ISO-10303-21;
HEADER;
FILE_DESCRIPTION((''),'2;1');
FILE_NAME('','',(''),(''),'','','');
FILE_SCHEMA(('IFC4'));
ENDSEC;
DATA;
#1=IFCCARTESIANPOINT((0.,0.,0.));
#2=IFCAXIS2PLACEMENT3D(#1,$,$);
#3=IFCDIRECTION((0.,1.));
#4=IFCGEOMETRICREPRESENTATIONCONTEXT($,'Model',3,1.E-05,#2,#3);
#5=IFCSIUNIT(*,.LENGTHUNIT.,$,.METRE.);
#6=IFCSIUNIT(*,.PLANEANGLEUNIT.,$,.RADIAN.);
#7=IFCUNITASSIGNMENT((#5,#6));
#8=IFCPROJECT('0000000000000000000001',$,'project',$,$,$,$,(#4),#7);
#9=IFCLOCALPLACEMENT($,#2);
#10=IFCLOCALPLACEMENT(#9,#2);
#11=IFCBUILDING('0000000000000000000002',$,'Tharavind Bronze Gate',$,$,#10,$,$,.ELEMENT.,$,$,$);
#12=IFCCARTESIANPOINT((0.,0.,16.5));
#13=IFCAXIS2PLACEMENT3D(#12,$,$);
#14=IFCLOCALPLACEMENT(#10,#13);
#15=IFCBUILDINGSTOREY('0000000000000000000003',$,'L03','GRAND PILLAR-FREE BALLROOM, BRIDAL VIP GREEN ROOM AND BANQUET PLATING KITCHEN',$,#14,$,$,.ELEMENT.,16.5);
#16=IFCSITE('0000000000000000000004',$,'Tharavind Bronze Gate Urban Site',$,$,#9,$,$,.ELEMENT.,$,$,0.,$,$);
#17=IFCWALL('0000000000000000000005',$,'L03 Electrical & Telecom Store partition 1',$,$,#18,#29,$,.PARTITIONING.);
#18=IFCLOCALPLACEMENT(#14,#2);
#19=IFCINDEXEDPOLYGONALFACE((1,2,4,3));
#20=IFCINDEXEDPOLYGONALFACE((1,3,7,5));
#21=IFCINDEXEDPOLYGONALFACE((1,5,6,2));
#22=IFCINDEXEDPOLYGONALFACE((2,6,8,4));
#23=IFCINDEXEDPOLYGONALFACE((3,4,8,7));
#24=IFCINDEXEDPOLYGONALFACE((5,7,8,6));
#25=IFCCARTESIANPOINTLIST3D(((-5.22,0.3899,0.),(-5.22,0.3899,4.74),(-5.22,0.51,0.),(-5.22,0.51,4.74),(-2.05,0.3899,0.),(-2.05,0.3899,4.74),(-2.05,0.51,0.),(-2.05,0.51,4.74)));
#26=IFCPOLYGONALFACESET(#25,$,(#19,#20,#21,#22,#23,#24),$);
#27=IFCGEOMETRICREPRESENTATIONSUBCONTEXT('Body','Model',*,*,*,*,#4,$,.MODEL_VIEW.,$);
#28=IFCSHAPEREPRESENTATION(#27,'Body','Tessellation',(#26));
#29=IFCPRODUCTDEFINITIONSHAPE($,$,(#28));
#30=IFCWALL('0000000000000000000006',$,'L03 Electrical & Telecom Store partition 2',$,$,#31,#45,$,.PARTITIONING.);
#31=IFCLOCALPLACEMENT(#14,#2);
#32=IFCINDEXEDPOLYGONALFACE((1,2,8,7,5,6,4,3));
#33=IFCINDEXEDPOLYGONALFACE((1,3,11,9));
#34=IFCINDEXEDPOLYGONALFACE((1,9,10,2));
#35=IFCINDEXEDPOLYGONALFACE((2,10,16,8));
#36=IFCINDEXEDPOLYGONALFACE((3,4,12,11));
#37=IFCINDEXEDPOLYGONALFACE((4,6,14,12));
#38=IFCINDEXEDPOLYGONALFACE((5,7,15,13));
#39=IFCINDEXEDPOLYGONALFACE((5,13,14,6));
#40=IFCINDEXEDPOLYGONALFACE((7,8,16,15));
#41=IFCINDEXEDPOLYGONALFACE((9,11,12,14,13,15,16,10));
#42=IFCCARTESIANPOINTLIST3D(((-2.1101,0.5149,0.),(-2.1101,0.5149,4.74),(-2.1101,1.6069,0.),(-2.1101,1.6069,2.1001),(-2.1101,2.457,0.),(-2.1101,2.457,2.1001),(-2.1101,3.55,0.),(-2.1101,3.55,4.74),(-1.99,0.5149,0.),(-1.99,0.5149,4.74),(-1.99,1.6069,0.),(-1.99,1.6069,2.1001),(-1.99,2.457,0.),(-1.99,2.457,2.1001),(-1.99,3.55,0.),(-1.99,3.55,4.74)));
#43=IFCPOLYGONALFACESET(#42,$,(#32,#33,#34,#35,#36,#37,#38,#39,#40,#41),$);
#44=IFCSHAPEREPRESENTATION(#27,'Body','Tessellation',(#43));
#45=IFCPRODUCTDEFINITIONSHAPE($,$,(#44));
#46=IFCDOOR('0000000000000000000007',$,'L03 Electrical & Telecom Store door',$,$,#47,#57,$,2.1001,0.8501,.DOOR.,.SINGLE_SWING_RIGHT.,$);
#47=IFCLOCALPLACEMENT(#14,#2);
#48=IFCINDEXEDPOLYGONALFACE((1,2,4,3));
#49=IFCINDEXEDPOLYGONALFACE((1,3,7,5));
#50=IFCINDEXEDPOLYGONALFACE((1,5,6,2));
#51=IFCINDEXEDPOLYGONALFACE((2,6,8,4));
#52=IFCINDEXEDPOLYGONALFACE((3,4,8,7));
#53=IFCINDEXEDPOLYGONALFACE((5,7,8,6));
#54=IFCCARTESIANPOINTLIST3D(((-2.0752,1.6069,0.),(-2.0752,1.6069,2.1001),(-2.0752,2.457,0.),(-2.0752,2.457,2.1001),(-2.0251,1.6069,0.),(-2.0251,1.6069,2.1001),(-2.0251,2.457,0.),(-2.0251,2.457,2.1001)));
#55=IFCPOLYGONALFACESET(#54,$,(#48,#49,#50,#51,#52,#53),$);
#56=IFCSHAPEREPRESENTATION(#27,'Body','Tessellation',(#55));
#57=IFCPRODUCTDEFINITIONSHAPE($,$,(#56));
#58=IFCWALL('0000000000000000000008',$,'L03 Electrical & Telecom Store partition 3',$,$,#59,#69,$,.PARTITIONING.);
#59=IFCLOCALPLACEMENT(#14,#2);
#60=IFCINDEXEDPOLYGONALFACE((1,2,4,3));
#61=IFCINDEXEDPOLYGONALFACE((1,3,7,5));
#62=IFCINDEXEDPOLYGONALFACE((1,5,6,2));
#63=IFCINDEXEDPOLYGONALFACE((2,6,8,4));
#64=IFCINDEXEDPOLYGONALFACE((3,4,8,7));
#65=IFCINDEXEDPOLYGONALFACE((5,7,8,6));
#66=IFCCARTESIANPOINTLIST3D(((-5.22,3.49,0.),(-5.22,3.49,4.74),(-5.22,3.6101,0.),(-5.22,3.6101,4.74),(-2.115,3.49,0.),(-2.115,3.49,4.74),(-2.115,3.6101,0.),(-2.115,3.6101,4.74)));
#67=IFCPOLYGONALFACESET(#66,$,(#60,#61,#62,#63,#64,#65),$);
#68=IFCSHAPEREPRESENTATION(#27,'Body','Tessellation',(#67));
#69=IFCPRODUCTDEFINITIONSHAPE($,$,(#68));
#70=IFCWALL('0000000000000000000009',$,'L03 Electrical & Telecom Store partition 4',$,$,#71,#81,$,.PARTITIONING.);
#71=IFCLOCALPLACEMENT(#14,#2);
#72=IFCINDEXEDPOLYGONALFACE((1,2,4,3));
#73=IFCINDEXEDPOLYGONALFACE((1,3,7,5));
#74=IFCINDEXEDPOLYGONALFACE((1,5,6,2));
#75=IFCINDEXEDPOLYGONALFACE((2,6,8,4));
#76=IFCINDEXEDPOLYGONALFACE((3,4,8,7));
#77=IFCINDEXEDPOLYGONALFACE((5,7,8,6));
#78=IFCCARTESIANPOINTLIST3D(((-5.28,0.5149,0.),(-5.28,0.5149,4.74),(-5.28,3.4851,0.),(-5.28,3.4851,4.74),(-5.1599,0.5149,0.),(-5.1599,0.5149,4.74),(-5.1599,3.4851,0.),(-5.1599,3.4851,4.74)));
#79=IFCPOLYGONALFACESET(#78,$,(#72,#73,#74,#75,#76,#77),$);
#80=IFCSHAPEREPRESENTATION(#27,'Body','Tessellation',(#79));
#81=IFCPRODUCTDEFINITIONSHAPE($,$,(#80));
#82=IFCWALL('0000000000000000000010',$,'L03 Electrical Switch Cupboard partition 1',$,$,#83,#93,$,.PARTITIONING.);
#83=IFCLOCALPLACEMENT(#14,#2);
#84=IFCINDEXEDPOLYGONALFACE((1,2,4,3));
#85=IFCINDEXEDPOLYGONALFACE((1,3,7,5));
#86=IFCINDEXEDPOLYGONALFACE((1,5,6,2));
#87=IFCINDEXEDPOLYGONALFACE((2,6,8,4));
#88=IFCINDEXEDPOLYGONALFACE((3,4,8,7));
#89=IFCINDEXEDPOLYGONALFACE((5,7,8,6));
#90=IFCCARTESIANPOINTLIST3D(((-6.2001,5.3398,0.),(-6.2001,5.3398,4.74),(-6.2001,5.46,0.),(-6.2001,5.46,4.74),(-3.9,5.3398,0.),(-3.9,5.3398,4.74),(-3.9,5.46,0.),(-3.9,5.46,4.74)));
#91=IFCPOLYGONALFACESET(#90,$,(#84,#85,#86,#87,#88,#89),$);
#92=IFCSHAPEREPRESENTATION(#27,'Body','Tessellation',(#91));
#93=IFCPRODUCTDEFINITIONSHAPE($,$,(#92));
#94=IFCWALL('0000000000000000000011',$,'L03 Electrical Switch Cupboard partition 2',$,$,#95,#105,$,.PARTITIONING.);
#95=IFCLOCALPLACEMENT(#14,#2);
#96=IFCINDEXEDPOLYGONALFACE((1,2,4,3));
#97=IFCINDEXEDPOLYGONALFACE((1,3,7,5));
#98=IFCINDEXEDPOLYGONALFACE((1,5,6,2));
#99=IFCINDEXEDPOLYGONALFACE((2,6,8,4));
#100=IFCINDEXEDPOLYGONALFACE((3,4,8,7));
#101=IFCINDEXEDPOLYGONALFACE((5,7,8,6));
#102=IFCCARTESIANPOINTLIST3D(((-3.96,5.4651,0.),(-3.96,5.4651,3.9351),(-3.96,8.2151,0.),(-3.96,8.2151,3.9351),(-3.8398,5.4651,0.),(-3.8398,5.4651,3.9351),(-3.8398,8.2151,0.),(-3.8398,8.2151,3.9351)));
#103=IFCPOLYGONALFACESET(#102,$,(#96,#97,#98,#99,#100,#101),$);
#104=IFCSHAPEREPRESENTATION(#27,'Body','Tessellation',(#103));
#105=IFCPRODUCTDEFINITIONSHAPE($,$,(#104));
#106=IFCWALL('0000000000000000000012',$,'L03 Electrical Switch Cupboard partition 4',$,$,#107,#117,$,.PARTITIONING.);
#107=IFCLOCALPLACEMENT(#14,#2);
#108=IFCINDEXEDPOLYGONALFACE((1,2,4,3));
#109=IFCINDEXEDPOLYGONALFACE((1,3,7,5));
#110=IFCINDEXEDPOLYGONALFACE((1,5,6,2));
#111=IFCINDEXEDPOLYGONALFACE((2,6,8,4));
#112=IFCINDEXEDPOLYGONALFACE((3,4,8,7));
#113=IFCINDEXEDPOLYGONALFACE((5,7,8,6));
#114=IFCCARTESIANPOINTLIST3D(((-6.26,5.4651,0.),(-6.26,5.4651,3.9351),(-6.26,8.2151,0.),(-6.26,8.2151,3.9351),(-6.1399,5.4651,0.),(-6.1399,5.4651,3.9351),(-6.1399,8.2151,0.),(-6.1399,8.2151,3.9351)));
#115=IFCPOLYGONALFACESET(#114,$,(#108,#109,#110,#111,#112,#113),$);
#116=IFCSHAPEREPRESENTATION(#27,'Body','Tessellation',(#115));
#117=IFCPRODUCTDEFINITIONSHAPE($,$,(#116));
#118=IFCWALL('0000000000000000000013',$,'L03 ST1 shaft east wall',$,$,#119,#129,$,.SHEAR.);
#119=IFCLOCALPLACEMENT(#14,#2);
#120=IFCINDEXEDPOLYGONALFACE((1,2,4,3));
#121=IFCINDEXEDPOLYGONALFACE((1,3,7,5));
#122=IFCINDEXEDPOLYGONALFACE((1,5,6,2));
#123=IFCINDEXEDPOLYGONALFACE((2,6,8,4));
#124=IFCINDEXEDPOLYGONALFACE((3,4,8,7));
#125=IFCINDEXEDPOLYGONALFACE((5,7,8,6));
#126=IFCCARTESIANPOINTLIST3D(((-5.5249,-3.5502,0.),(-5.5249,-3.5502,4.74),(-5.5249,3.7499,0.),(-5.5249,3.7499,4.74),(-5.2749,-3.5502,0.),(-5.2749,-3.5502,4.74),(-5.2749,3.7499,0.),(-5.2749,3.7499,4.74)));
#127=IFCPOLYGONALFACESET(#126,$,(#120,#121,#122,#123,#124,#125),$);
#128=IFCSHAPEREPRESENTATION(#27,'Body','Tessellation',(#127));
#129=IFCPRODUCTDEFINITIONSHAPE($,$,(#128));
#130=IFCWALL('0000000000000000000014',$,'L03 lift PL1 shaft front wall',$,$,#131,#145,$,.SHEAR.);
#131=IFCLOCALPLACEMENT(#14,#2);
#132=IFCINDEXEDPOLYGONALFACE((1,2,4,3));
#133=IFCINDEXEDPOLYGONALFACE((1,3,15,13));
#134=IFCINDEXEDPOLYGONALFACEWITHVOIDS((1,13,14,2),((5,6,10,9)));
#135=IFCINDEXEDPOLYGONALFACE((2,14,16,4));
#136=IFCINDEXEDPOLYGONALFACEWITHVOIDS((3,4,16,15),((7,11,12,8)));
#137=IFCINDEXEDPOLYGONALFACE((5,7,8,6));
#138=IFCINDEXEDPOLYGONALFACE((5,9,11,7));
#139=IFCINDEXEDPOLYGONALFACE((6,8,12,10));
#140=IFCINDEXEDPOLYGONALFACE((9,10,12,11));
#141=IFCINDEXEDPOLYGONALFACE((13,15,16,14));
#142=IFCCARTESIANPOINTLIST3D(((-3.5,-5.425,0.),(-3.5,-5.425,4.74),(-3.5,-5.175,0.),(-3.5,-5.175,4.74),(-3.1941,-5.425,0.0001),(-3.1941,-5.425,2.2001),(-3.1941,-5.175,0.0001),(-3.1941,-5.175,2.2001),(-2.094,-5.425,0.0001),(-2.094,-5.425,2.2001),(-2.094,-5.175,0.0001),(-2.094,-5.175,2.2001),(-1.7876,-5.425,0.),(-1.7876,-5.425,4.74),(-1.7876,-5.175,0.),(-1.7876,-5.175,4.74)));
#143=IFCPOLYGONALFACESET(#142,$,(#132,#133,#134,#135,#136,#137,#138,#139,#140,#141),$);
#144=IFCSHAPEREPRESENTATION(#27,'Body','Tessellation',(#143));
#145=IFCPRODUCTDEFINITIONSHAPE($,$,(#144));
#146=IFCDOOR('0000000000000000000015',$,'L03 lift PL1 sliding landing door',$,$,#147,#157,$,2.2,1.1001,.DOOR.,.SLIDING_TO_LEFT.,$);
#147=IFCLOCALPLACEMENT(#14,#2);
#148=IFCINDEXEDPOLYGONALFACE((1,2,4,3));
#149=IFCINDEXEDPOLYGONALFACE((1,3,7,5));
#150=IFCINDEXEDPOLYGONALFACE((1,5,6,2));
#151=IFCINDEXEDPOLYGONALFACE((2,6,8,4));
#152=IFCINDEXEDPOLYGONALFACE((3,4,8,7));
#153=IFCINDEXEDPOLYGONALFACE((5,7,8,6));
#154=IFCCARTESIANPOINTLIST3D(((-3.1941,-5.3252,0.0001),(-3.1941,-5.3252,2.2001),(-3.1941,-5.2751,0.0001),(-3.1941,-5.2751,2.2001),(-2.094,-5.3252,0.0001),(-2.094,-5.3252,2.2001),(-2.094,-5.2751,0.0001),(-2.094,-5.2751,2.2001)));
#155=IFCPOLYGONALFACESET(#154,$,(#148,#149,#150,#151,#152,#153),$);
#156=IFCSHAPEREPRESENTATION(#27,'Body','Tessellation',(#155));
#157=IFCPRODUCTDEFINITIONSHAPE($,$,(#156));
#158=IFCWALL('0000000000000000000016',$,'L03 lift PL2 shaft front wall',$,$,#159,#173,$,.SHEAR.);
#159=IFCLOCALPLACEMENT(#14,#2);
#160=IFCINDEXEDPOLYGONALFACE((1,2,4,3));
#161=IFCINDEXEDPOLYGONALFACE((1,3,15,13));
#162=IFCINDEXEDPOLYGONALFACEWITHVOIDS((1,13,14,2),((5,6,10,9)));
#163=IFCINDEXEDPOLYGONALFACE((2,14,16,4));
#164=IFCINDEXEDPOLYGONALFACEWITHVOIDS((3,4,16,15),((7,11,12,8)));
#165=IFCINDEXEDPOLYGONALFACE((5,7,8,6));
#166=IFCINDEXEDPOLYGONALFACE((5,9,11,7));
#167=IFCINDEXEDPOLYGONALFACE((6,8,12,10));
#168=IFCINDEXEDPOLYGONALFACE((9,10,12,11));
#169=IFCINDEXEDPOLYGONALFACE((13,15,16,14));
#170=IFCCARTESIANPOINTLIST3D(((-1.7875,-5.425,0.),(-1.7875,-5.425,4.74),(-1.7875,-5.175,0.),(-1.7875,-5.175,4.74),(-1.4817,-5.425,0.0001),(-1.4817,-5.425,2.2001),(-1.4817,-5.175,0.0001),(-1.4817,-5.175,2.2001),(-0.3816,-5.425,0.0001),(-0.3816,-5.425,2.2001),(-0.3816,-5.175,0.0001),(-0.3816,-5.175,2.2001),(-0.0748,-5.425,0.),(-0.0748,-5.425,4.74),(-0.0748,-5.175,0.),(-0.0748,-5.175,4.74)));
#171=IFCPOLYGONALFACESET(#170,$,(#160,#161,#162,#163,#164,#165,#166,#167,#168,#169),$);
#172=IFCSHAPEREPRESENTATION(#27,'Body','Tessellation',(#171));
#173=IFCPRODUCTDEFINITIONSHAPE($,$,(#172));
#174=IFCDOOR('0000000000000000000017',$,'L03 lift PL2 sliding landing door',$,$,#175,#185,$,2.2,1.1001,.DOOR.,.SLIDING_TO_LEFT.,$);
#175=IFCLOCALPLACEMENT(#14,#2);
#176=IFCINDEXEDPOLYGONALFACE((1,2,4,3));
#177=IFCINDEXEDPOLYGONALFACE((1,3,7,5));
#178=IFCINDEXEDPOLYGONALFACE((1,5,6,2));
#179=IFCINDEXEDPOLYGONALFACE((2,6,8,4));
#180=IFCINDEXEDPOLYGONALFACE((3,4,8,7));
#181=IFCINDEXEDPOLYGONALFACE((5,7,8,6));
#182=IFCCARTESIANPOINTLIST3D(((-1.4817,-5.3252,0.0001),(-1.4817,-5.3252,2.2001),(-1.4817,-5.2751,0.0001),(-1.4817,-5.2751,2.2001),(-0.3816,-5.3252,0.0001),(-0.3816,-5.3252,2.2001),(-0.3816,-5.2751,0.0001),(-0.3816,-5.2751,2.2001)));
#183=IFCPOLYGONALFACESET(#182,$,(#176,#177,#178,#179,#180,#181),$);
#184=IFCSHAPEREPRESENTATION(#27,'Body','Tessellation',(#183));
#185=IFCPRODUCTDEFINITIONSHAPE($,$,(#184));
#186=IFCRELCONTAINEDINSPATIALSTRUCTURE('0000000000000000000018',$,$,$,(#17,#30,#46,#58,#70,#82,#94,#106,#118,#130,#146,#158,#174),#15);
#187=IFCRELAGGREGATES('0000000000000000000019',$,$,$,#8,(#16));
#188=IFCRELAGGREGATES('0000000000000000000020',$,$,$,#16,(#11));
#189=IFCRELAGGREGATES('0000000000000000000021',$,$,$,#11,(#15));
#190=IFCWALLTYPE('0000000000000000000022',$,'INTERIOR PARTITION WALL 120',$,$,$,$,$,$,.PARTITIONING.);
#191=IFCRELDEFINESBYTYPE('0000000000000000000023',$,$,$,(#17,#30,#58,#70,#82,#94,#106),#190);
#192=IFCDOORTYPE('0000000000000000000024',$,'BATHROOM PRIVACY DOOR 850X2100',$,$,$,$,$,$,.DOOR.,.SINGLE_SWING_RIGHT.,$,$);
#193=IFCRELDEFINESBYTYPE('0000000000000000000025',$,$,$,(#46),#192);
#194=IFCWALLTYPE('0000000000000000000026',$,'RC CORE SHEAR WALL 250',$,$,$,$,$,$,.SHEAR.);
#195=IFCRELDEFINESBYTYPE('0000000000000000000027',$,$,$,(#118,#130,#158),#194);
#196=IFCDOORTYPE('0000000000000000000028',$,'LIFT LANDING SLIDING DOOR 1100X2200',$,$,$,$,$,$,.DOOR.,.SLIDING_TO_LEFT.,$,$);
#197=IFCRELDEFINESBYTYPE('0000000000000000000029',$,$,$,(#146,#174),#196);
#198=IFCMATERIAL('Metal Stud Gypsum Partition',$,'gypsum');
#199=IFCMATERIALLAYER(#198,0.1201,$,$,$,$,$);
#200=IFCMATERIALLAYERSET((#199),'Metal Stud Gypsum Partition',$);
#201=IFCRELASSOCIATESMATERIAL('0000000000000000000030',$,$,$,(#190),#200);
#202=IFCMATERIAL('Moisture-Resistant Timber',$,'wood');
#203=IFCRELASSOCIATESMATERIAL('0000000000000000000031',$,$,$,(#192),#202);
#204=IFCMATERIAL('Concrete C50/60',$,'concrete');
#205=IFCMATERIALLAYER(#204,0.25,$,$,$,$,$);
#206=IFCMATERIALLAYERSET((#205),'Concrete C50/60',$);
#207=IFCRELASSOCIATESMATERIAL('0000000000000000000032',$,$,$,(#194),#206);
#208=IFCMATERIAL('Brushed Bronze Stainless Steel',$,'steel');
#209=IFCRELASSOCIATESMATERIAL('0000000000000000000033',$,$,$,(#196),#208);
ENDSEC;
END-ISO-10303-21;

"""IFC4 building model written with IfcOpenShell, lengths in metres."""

from ifc_helpers import new_model, si_unit, direction, frame, frame_2d, origin, place, context, subcontext, project, spatial, rectangle, extrude, material, layer, layer_set, type_object, element, fill, save


model = new_model("IFC4")

# Units and contexts
model_context = context("Model", 3, precision=1e-05, world=origin(), true_north=direction((0.0, 1.0)))
body_context = subcontext(model_context, "Body", "Model", "MODEL_VIEW")
ifc_project = project(units=[si_unit("LENGTHUNIT", "METRE"), si_unit("PLANEANGLEUNIT", "RADIAN")], contexts=[model_context])

# Site, building, storey
site_placement = place(None, origin())
site = spatial("IfcSite", under=ifc_project, at=site_placement, Name="Tharavind Bronze Gate Urban Site", CompositionType="ELEMENT", RefElevation=0.0)
building_placement = place(site_placement, origin())
building = spatial("IfcBuilding", under=site, at=building_placement, Name="Tharavind Bronze Gate", CompositionType="ELEMENT")
storey_placement = place(building_placement, frame((0.0, 0.0, 16.5)))
storey = spatial("IfcBuildingStorey", under=building, at=storey_placement, Name="L03", Description="GRAND PILLAR-FREE BALLROOM, BRIDAL VIP GREEN ROOM AND BANQUET PLATING KITCHEN", CompositionType="ELEMENT", Elevation=16.5)

# Wall
ifc_material_1 = material(Name="Metal Stud Gypsum Partition", Category="gypsum")
ifc_layer_1 = layer(ifc_material_1, 0.1201)
ifc_layer_set_1 = layer_set([ifc_layer_1], Name="Metal Stud Gypsum Partition")
wall_type_1 = type_object("IfcWallType", Name="INTERIOR PARTITION WALL 120", PredefinedType="PARTITIONING", material=ifc_layer_set_1)
wall_1_placement = place(storey_placement, frame((-5.22, 0.45, 0.0), z_axis=(0.0, 0.0, 1.0), x_axis=(1.0, 0.0, 0.0)))
element("IfcWall", 1, at=wall_1_placement, inside=storey, type_object=wall_type_1, Name="L03 Electrical & Telecom Store partition 1", PredefinedType="PARTITIONING", context=body_context, shape_type="SweptSolid", body=[
    extrude(rectangle(XDim=3.1699, YDim=0.1201, at=frame_2d((1.585, 0.0))), origin(), (0.0, 0.0, 1.0), 4.74),
])

# Wall, opening, door
wall_2_placement = place(storey_placement, frame((-2.05, 0.5149, 0.0), z_axis=(0.0, 0.0, 1.0), x_axis=(0.0, 1.0, 0.0)))
wall_2 = element("IfcWall", 2, at=wall_2_placement, inside=storey, type_object=wall_type_1, Name="L03 Electrical & Telecom Store partition 2", PredefinedType="PARTITIONING", context=body_context, shape_type="SweptSolid", body=[
    extrude(rectangle(XDim=3.0352, YDim=0.1201, at=frame_2d((1.5176, 0.0))), origin(), (0.0, 0.0, 1.0), 4.74),
])
opening_1_placement = place(wall_2_placement, frame((1.092, 0.0, 0.0)))
opening_1 = element("IfcOpeningElement", 3, at=opening_1_placement, cuts=wall_2, PredefinedType="OPENING", context=body_context, shape_type="SweptSolid", body=[
    extrude(rectangle(XDim=0.8501, YDim=2.1001, at=frame_2d((0.425, 1.05))), frame((0.0, 0.0701, 0.0), z_axis=(0.0, -1.0, 0.0), x_axis=(1.0, 0.0, 0.0)), (0.0, 0.0, 1.0), 0.1401),
])
ifc_material_2 = material(Name="Moisture-Resistant Timber", Category="wood")
door_type_1 = type_object("IfcDoorType", Name="BATHROOM PRIVACY DOOR 850X2100", OperationType="SINGLE_SWING_RIGHT", PredefinedType="DOOR", material=ifc_material_2)
door_1_placement = place(opening_1_placement, frame((0.8501, 0.0, 0.0), z_axis=(0.0, 0.0, 1.0), x_axis=(-1.0, 0.0, 0.0)))
door_1 = element("IfcDoor", 4, at=door_1_placement, inside=storey, type_object=door_type_1, Name="L03 Electrical & Telecom Store door", OperationType="SINGLE_SWING_RIGHT", OverallHeight=2.1001, OverallWidth=0.8501, PredefinedType="DOOR", context=body_context, shape_type="SweptSolid", body=[
    extrude(rectangle(XDim=0.8501, YDim=2.1001, at=frame_2d((0.425, 1.05))), frame((0.0, 0.0249, 0.0), z_axis=(0.0, -1.0, 0.0), x_axis=(1.0, 0.0, 0.0)), (0.0, 0.0, 1.0), 0.05),
])
fill(opening_1, door_1)

# Walls
wall_3_placement = place(storey_placement, frame((-2.115, 3.55, 0.0), z_axis=(0.0, 0.0, 1.0), x_axis=(-1.0, 0.0, 0.0)))
element("IfcWall", 5, at=wall_3_placement, inside=storey, type_object=wall_type_1, Name="L03 Electrical & Telecom Store partition 3", PredefinedType="PARTITIONING", context=body_context, shape_type="SweptSolid", body=[
    extrude(rectangle(XDim=3.105, YDim=0.1201, at=frame_2d((1.5525, 0.0))), origin(), (0.0, 0.0, 1.0), 4.74),
])
wall_4_placement = place(storey_placement, frame((-5.22, 3.4851, 0.0), z_axis=(0.0, 0.0, 1.0), x_axis=(0.0, -1.0, 0.0)))
element("IfcWall", 6, at=wall_4_placement, inside=storey, type_object=wall_type_1, Name="L03 Electrical & Telecom Store partition 4", PredefinedType="PARTITIONING", context=body_context, shape_type="SweptSolid", body=[
    extrude(rectangle(XDim=2.9702, YDim=0.1201, at=frame_2d((1.4851, 0.0))), origin(), (0.0, 0.0, 1.0), 4.74),
])
wall_5_placement = place(storey_placement, frame((-6.2, 5.3999, 0.0), z_axis=(0.0, 0.0, 1.0), x_axis=(1.0, 0.0, 0.0)))
element("IfcWall", 7, at=wall_5_placement, inside=storey, type_object=wall_type_1, Name="L03 Electrical Switch Cupboard partition 1", PredefinedType="PARTITIONING", context=body_context, shape_type="SweptSolid", body=[
    extrude(rectangle(XDim=2.3, YDim=0.1201, at=frame_2d((1.1499, 0.0))), origin(), (0.0, 0.0, 1.0), 4.74),
])
for number, where, z_axis, x_axis, name in (
    (8, (-3.8999, 5.4651, 0.0), (0.0, 0.0, 1.0), (0.0, 1.0, 0.0), "L03 Electrical Switch Cupboard partition 2"),
    (9, (-6.2, 8.2151, 0.0), (0.0, 0.0, 1.0), (0.0, -1.0, 0.0), "L03 Electrical Switch Cupboard partition 4"),
):
    element("IfcWall", number, at=place(storey_placement, frame(where, z_axis=z_axis, x_axis=x_axis)), inside=storey, type_object=wall_type_1, Name=name, PredefinedType="PARTITIONING", context=body_context, shape_type="SweptSolid", body=[
        extrude(rectangle(XDim=2.75, YDim=0.1201, at=frame_2d((1.375, 0.0))), origin(), (0.0, 0.0, 1.0), 3.9351),
    ])
ifc_material_3 = material(Name="Concrete C50/60", Category="concrete")
ifc_layer_2 = layer(ifc_material_3, 0.25)
ifc_layer_set_2 = layer_set([ifc_layer_2], Name="Concrete C50/60")
wall_type_2 = type_object("IfcWallType", Name="RC CORE SHEAR WALL 250", PredefinedType="SHEAR", material=ifc_layer_set_2)
wall_6_placement = place(storey_placement, frame((-5.3999, -3.55, 0.0), z_axis=(0.0, 0.0, 1.0), x_axis=(0.0, 1.0, 0.0)))
element("IfcWall", 10, at=wall_6_placement, inside=storey, type_object=wall_type_2, Name="L03 ST1 shaft east wall", PredefinedType="SHEAR", context=body_context, shape_type="SweptSolid", body=[
    extrude(rectangle(XDim=7.3, YDim=0.25, at=frame_2d((3.6499, 0.0))), origin(), (0.0, 0.0, 1.0), 4.74),
])

# Walls, openings, doors
wall_7_placement = place(storey_placement, frame((-3.5, -5.3, 0.0), z_axis=(0.0, 0.0, 1.0), x_axis=(1.0, 0.0, 0.0)))
wall_7 = element("IfcWall", 11, at=wall_7_placement, inside=storey, type_object=wall_type_2, Name="L03 lift PL1 shaft front wall", PredefinedType="SHEAR", context=body_context, shape_type="SweptSolid", body=[
    extrude(rectangle(XDim=1.7124, YDim=0.25, at=frame_2d((0.8562, 0.0))), origin(), (0.0, 0.0, 1.0), 4.74),
])
opening_2_placement = place(wall_7_placement, frame((0.3059, 0.0, 0.0)))
opening_2 = element("IfcOpeningElement", 12, at=opening_2_placement, cuts=wall_7, PredefinedType="OPENING", context=body_context, shape_type="SweptSolid", body=[
    extrude(rectangle(XDim=1.1001, YDim=2.2, at=frame_2d((0.55, 1.1001))), frame((0.0, 0.135, 0.0), z_axis=(0.0, -1.0, 0.0), x_axis=(1.0, 0.0, 0.0)), (0.0, 0.0, 1.0), 0.27),
])
ifc_material_4 = material(Name="Brushed Bronze Stainless Steel", Category="steel")
door_type_2 = type_object("IfcDoorType", Name="LIFT LANDING SLIDING DOOR 1100X2200", OperationType="SLIDING_TO_LEFT", PredefinedType="DOOR", material=ifc_material_4)
door_2_placement = place(opening_2_placement, origin())
door_2 = element("IfcDoor", 13, at=door_2_placement, inside=storey, type_object=door_type_2, Name="L03 lift PL1 sliding landing door", OperationType="SLIDING_TO_LEFT", OverallHeight=2.2, OverallWidth=1.1001, PredefinedType="DOOR", context=body_context, shape_type="SweptSolid", body=[
    extrude(rectangle(XDim=1.1001, YDim=2.2, at=frame_2d((0.55, 1.1001))), frame((0.0, 0.0249, 0.0), z_axis=(0.0, -1.0, 0.0), x_axis=(1.0, 0.0, 0.0)), (0.0, 0.0, 1.0), 0.05),
])
fill(opening_2, door_2)
wall_8_placement = place(storey_placement, frame((-1.7876, -5.3, 0.0), z_axis=(0.0, 0.0, 1.0), x_axis=(1.0, 0.0, 0.0)))
wall_8 = element("IfcWall", 14, at=wall_8_placement, inside=storey, type_object=wall_type_2, Name="L03 lift PL2 shaft front wall", PredefinedType="SHEAR", context=body_context, shape_type="SweptSolid", body=[
    extrude(rectangle(XDim=1.7126, YDim=0.25, at=frame_2d((0.8564, 0.0))), origin(), (0.0, 0.0, 1.0), 4.74),
])
opening_3_placement = place(wall_8_placement, frame((0.3059, 0.0, 0.0)))
opening_3 = element("IfcOpeningElement", 15, at=opening_3_placement, cuts=wall_8, PredefinedType="OPENING", context=body_context, shape_type="SweptSolid", body=[
    extrude(rectangle(XDim=1.1001, YDim=2.2, at=frame_2d((0.55, 1.1001))), frame((0.0, 0.135, 0.0), z_axis=(0.0, -1.0, 0.0), x_axis=(1.0, 0.0, 0.0)), (0.0, 0.0, 1.0), 0.27),
])
door_3_placement = place(opening_3_placement, origin())
door_3 = element("IfcDoor", 16, at=door_3_placement, inside=storey, type_object=door_type_2, Name="L03 lift PL2 sliding landing door", OperationType="SLIDING_TO_LEFT", OverallHeight=2.2, OverallWidth=1.1001, PredefinedType="DOOR", context=body_context, shape_type="SweptSolid", body=[
    extrude(rectangle(XDim=1.1001, YDim=2.2, at=frame_2d((0.55, 1.1001))), frame((0.0, 0.0249, 0.0), z_axis=(0.0, -1.0, 0.0), x_axis=(1.0, 0.0, 0.0)), (0.0, 0.0, 1.0), 0.05),
])
fill(opening_3, door_3)

save(model, "model.ifc")
